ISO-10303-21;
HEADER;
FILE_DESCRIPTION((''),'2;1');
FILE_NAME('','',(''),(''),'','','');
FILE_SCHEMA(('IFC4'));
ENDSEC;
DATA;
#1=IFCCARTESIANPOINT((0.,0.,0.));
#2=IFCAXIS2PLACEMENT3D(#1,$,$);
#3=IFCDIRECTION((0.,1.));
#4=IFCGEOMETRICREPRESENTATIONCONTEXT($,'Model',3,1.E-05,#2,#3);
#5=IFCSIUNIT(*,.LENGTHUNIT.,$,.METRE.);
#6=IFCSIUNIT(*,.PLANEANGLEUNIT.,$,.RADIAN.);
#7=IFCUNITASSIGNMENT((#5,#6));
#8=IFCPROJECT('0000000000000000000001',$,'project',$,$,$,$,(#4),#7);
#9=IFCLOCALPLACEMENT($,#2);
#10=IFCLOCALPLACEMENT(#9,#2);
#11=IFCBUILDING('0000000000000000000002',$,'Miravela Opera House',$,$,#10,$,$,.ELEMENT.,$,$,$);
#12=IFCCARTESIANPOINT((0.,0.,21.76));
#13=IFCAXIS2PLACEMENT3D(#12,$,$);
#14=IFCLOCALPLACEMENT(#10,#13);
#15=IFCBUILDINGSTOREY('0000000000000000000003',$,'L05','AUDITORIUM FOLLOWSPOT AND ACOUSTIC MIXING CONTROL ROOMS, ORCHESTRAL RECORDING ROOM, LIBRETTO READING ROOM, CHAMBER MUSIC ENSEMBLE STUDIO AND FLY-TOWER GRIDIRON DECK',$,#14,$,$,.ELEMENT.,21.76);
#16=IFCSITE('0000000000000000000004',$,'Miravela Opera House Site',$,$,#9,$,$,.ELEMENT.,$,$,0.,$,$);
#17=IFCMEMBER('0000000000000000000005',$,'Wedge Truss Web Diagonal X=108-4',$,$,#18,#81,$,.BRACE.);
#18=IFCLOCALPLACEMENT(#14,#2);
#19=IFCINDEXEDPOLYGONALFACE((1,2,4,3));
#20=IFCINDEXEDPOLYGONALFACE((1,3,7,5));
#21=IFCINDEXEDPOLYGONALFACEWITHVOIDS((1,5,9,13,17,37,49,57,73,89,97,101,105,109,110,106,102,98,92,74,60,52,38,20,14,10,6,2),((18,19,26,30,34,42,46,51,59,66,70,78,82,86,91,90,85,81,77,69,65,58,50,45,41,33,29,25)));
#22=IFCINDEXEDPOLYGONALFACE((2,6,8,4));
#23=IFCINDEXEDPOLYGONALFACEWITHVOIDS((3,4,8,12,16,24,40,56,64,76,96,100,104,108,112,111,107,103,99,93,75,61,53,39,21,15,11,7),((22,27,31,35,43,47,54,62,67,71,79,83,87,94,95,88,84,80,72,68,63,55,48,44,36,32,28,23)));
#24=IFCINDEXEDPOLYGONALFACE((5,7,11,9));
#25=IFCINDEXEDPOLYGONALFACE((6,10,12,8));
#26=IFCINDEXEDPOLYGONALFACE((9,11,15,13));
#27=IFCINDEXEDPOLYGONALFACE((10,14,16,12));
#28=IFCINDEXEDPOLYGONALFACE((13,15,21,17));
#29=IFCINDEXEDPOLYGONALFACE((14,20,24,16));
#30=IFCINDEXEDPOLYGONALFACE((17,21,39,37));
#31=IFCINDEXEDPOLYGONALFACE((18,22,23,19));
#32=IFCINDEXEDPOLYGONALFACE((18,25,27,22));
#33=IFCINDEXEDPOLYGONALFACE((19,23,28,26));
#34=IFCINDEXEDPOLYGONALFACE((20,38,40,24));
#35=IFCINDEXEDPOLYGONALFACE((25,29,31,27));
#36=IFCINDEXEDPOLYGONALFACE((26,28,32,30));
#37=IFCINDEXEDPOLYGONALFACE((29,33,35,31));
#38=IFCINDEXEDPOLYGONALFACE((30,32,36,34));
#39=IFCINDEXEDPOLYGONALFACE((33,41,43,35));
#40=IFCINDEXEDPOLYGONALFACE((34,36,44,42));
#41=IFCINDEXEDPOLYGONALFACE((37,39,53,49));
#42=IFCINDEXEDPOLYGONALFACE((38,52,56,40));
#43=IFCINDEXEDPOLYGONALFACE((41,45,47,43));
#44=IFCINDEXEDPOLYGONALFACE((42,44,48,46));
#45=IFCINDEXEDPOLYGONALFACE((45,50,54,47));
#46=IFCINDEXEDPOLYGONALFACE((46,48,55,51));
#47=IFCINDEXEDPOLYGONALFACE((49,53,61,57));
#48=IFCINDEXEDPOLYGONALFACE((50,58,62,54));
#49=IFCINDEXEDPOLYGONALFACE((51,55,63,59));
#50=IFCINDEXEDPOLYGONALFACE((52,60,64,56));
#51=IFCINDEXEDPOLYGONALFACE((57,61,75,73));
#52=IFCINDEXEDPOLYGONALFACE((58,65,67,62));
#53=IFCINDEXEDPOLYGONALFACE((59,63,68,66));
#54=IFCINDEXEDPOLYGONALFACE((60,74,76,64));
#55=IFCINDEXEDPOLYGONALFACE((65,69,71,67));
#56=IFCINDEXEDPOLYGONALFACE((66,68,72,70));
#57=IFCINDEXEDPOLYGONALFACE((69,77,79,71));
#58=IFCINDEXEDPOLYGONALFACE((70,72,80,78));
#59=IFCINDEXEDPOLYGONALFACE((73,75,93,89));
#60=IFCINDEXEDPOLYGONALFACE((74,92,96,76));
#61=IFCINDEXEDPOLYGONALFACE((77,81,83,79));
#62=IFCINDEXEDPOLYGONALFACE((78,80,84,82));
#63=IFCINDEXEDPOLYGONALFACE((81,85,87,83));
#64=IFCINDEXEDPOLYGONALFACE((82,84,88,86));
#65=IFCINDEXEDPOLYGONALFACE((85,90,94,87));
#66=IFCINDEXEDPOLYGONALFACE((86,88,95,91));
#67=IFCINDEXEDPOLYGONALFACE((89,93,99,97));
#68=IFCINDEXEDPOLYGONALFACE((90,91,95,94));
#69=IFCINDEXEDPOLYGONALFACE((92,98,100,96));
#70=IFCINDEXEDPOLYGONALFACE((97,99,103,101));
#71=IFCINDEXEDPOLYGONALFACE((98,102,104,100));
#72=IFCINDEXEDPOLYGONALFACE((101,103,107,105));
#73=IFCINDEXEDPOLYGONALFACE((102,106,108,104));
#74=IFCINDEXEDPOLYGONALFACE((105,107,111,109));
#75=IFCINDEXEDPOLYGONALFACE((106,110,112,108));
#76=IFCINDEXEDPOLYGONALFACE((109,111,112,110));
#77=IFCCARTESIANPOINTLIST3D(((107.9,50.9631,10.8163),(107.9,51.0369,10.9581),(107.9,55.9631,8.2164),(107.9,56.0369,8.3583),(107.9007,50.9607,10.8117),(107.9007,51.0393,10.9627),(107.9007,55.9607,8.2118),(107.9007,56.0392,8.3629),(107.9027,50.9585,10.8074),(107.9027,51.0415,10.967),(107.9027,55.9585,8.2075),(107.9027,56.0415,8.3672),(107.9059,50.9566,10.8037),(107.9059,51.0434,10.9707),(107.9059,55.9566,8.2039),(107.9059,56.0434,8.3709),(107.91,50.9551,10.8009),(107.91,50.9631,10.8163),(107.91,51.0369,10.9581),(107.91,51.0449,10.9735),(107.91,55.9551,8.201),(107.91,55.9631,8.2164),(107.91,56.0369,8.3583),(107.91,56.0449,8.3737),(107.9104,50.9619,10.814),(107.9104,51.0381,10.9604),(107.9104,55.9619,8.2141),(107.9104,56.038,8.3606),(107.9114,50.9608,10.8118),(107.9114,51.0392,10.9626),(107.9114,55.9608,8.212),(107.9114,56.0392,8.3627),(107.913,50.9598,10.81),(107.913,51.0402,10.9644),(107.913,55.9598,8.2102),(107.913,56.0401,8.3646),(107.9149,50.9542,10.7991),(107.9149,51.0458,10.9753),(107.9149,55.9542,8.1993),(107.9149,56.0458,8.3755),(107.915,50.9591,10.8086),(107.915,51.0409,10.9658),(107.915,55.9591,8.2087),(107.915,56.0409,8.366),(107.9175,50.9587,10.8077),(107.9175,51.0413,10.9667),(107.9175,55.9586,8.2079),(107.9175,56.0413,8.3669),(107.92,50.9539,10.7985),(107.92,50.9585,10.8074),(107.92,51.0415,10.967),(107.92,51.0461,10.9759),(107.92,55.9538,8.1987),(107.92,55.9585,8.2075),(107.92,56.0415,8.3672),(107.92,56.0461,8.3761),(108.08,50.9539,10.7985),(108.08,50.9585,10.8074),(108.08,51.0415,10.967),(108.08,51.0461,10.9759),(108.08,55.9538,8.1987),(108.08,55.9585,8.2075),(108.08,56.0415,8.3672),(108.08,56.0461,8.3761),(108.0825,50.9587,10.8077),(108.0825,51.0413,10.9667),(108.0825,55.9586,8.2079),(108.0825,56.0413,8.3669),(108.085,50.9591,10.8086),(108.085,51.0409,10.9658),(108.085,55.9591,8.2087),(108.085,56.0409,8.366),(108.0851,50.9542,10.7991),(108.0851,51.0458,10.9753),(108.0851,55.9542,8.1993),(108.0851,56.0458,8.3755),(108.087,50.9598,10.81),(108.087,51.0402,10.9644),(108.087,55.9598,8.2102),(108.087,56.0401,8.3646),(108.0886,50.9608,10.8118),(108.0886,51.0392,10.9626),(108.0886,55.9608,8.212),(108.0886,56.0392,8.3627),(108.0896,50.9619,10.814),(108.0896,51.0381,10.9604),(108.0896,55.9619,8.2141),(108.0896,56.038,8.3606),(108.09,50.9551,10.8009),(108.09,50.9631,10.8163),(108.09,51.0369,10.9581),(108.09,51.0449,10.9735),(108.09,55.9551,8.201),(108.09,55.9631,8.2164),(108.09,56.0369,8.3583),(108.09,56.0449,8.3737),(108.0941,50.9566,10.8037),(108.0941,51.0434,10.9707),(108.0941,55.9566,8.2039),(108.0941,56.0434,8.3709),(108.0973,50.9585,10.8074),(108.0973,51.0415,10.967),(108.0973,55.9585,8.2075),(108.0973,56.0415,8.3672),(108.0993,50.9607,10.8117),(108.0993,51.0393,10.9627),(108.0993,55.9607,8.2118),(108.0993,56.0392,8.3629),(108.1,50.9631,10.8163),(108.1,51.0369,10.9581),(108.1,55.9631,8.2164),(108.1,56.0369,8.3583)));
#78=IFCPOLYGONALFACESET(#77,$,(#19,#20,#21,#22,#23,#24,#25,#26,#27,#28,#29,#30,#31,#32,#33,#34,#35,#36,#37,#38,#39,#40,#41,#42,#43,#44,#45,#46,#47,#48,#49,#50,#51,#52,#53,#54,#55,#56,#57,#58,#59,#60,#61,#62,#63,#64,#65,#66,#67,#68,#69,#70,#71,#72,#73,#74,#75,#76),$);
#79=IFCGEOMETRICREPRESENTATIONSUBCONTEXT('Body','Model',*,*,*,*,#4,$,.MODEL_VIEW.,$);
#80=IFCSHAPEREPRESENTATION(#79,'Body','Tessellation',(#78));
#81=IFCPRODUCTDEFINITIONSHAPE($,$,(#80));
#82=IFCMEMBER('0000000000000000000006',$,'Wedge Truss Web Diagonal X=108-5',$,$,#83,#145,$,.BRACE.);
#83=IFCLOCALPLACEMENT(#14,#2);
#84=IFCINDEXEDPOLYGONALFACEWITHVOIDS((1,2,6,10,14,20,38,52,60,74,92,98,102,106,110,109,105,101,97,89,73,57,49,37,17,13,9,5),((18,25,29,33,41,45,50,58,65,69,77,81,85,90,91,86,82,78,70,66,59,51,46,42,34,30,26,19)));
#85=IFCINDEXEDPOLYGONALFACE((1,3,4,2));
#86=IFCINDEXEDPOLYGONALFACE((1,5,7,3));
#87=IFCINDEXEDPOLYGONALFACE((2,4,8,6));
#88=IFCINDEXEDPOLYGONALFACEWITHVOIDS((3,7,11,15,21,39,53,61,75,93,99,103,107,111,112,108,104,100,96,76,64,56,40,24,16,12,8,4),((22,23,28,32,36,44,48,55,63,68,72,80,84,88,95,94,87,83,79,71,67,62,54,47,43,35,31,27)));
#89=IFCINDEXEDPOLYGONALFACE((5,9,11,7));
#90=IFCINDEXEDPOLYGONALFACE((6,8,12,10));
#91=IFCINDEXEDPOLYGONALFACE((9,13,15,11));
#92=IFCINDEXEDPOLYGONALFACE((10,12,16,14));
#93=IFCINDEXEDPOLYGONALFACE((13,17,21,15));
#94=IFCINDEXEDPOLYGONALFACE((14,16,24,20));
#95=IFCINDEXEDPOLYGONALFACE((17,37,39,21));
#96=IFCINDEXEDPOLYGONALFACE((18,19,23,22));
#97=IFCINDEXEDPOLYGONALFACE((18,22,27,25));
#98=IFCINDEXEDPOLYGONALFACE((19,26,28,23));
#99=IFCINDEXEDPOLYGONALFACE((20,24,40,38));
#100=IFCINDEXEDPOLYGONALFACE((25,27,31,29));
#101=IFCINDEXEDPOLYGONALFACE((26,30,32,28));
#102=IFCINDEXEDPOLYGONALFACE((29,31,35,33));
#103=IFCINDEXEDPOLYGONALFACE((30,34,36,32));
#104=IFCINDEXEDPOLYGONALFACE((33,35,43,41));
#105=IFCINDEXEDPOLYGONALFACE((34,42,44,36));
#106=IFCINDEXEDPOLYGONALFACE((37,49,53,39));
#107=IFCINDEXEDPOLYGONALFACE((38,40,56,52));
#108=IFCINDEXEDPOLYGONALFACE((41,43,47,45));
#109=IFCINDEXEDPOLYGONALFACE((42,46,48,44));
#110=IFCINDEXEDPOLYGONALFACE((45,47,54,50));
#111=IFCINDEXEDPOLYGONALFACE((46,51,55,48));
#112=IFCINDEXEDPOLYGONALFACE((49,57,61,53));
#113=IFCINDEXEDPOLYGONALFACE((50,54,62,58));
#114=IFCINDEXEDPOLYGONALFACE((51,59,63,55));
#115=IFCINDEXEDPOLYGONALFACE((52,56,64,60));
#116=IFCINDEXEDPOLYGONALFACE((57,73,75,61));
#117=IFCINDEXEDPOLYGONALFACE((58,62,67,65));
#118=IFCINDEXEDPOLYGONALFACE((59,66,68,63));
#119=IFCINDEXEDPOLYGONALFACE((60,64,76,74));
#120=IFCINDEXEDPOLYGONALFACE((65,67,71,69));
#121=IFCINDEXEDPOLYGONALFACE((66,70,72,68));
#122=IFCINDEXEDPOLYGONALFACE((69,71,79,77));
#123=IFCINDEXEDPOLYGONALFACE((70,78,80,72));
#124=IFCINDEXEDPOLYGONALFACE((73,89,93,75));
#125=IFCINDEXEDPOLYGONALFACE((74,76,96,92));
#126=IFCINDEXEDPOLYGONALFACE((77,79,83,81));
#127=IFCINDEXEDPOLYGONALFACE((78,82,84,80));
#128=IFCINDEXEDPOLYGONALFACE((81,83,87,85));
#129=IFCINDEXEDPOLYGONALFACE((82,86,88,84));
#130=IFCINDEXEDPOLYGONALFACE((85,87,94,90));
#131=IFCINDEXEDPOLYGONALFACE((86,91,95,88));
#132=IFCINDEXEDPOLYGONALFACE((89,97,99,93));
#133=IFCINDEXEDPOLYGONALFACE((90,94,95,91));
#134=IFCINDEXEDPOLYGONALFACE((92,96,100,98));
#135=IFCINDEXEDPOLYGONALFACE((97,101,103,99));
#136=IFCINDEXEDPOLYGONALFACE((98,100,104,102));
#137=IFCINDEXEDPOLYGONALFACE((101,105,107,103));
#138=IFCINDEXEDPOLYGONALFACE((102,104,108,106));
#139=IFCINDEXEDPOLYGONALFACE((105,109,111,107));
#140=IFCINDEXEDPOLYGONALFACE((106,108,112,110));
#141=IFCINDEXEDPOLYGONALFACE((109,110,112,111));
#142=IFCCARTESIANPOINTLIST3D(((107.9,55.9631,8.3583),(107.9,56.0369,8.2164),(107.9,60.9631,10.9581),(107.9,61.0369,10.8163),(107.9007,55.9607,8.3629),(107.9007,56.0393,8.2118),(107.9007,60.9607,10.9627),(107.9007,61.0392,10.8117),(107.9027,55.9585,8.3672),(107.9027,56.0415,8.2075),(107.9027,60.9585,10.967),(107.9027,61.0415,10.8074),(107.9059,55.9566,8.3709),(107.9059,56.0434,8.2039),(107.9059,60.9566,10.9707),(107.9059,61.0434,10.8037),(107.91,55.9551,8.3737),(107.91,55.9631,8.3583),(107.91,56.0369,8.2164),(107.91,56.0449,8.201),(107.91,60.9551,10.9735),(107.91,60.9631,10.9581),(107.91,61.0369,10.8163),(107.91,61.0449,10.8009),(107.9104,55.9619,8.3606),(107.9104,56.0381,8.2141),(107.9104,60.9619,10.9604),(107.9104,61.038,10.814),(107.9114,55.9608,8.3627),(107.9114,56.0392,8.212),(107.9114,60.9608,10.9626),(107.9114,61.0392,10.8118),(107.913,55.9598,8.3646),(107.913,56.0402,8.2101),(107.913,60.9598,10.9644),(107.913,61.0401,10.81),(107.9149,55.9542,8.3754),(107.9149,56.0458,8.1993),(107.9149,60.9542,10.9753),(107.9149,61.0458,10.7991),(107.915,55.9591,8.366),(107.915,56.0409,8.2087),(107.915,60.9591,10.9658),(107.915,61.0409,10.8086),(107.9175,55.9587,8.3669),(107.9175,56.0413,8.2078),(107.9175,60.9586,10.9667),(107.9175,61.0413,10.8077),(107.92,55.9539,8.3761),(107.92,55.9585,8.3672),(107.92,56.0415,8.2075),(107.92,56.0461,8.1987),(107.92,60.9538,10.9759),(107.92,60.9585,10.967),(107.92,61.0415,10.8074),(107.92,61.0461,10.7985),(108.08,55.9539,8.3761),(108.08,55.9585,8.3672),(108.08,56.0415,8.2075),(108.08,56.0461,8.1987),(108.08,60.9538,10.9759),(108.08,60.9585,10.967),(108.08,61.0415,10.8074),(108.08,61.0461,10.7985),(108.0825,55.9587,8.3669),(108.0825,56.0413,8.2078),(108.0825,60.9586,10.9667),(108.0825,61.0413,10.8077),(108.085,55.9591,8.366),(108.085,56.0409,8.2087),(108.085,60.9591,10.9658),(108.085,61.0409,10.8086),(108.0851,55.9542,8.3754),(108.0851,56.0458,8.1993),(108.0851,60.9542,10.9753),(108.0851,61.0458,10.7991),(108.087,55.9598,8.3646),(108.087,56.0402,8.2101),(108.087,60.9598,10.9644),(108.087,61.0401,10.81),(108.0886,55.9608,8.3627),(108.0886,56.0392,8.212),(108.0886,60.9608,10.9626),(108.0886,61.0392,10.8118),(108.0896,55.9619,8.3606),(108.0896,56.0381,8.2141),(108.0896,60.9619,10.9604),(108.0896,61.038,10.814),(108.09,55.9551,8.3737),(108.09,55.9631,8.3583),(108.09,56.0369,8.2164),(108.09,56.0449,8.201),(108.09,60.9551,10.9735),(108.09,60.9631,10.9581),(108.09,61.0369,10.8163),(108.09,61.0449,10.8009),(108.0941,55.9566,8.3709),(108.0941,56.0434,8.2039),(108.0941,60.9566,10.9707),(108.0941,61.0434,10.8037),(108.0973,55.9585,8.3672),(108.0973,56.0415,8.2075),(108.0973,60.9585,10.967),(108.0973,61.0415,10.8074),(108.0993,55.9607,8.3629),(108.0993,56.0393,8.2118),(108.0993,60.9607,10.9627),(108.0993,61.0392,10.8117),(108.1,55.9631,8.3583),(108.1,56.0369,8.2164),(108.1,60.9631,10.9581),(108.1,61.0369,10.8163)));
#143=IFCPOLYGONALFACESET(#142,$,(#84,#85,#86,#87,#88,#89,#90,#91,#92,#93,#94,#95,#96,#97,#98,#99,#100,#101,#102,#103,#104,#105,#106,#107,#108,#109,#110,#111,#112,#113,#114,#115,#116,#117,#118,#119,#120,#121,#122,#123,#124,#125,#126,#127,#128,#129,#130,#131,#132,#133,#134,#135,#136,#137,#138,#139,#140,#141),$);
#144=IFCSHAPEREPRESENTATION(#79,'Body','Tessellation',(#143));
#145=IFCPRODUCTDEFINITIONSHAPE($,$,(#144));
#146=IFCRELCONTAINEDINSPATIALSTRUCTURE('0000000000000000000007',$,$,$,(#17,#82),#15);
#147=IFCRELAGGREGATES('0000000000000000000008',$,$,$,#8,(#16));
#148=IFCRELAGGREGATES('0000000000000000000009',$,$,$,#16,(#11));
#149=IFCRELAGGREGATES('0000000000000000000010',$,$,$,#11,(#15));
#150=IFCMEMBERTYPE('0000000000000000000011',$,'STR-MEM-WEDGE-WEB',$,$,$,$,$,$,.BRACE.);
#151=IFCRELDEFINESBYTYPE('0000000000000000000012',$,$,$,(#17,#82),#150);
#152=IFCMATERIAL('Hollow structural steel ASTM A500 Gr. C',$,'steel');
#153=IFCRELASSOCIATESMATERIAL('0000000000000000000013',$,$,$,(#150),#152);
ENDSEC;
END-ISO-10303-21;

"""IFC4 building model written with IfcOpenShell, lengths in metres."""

from ifc_helpers import new_model, si_unit, direction, frame, origin, origin_2d, place, context, subcontext, project, spatial, hollow_rectangle, extrude, material, material_profile, profile_set, type_object, element, save


model = new_model("IFC4")

# Units and contexts
model_context = context("Model", 3, precision=1e-05, world=origin(), true_north=direction((0.0, 1.0)))
body_context = subcontext(model_context, "Body", "Model", "MODEL_VIEW")
ifc_project = project(units=[si_unit("LENGTHUNIT", "METRE"), si_unit("PLANEANGLEUNIT", "RADIAN")], contexts=[model_context])

# Site, building, storey
site_placement = place(None, origin())
site = spatial("IfcSite", under=ifc_project, at=site_placement, Name="Miravela Opera House Site", CompositionType="ELEMENT", RefElevation=0.0)
building_placement = place(site_placement, origin())
building = spatial("IfcBuilding", under=site, at=building_placement, Name="Miravela Opera House", CompositionType="ELEMENT")
storey_placement = place(building_placement, frame((0.0, 0.0, 21.76)))
storey = spatial("IfcBuildingStorey", under=building, at=storey_placement, Name="L05", Description="AUDITORIUM FOLLOWSPOT AND ACOUSTIC MIXING CONTROL ROOMS, ORCHESTRAL RECORDING ROOM, LIBRETTO READING ROOM, CHAMBER MUSIC ENSEMBLE STUDIO AND FLY-TOWER GRIDIRON DECK", CompositionType="ELEMENT", Elevation=21.76)

# Members
ifc_material_1 = material(Name="Hollow structural steel ASTM A500 Gr. C", Category="steel")
ifc_material_profile_1 = material_profile(ifc_material_1, hollow_rectangle(XDim=0.2, YDim=0.2, WallThickness=0.01, InnerFilletRadius=0.01, OuterFilletRadius=0.02, at=origin_2d()), Name="HSS200X200X10")
ifc_profile_set_1 = profile_set([ifc_material_profile_1])
member_type_1 = type_object("IfcMemberType", Name="STR-MEM-WEDGE-WEB", PredefinedType="BRACE", material=ifc_profile_set_1)
for number, where, z_axis, x_axis, name in (
    (1, (108.0, 51.0, 10.8872), (0.0, 0.887227, -0.461332), (-1.0, 0.0, 0.0), "Wedge Truss Web Diagonal X=108-4"),
    (2, (108.0, 56.0, 8.2874), (0.0, 0.887227, 0.461332), (-1.0, 0.0, 0.0), "Wedge Truss Web Diagonal X=108-5"),
):
    element("IfcMember", number, at=place(storey_placement, frame(where, z_axis=z_axis, x_axis=x_axis)), inside=storey, type_object=member_type_1, Name=name, PredefinedType="BRACE", context=body_context, shape_type="SweptSolid", body=[
        extrude(hollow_rectangle(XDim=0.2, YDim=0.2, WallThickness=0.01, InnerFilletRadius=0.01, OuterFilletRadius=0.02, at=origin_2d()), origin(), (0.0, 0.0, 1.0), 5.6355),
    ])

save(model, "model.ifc")
